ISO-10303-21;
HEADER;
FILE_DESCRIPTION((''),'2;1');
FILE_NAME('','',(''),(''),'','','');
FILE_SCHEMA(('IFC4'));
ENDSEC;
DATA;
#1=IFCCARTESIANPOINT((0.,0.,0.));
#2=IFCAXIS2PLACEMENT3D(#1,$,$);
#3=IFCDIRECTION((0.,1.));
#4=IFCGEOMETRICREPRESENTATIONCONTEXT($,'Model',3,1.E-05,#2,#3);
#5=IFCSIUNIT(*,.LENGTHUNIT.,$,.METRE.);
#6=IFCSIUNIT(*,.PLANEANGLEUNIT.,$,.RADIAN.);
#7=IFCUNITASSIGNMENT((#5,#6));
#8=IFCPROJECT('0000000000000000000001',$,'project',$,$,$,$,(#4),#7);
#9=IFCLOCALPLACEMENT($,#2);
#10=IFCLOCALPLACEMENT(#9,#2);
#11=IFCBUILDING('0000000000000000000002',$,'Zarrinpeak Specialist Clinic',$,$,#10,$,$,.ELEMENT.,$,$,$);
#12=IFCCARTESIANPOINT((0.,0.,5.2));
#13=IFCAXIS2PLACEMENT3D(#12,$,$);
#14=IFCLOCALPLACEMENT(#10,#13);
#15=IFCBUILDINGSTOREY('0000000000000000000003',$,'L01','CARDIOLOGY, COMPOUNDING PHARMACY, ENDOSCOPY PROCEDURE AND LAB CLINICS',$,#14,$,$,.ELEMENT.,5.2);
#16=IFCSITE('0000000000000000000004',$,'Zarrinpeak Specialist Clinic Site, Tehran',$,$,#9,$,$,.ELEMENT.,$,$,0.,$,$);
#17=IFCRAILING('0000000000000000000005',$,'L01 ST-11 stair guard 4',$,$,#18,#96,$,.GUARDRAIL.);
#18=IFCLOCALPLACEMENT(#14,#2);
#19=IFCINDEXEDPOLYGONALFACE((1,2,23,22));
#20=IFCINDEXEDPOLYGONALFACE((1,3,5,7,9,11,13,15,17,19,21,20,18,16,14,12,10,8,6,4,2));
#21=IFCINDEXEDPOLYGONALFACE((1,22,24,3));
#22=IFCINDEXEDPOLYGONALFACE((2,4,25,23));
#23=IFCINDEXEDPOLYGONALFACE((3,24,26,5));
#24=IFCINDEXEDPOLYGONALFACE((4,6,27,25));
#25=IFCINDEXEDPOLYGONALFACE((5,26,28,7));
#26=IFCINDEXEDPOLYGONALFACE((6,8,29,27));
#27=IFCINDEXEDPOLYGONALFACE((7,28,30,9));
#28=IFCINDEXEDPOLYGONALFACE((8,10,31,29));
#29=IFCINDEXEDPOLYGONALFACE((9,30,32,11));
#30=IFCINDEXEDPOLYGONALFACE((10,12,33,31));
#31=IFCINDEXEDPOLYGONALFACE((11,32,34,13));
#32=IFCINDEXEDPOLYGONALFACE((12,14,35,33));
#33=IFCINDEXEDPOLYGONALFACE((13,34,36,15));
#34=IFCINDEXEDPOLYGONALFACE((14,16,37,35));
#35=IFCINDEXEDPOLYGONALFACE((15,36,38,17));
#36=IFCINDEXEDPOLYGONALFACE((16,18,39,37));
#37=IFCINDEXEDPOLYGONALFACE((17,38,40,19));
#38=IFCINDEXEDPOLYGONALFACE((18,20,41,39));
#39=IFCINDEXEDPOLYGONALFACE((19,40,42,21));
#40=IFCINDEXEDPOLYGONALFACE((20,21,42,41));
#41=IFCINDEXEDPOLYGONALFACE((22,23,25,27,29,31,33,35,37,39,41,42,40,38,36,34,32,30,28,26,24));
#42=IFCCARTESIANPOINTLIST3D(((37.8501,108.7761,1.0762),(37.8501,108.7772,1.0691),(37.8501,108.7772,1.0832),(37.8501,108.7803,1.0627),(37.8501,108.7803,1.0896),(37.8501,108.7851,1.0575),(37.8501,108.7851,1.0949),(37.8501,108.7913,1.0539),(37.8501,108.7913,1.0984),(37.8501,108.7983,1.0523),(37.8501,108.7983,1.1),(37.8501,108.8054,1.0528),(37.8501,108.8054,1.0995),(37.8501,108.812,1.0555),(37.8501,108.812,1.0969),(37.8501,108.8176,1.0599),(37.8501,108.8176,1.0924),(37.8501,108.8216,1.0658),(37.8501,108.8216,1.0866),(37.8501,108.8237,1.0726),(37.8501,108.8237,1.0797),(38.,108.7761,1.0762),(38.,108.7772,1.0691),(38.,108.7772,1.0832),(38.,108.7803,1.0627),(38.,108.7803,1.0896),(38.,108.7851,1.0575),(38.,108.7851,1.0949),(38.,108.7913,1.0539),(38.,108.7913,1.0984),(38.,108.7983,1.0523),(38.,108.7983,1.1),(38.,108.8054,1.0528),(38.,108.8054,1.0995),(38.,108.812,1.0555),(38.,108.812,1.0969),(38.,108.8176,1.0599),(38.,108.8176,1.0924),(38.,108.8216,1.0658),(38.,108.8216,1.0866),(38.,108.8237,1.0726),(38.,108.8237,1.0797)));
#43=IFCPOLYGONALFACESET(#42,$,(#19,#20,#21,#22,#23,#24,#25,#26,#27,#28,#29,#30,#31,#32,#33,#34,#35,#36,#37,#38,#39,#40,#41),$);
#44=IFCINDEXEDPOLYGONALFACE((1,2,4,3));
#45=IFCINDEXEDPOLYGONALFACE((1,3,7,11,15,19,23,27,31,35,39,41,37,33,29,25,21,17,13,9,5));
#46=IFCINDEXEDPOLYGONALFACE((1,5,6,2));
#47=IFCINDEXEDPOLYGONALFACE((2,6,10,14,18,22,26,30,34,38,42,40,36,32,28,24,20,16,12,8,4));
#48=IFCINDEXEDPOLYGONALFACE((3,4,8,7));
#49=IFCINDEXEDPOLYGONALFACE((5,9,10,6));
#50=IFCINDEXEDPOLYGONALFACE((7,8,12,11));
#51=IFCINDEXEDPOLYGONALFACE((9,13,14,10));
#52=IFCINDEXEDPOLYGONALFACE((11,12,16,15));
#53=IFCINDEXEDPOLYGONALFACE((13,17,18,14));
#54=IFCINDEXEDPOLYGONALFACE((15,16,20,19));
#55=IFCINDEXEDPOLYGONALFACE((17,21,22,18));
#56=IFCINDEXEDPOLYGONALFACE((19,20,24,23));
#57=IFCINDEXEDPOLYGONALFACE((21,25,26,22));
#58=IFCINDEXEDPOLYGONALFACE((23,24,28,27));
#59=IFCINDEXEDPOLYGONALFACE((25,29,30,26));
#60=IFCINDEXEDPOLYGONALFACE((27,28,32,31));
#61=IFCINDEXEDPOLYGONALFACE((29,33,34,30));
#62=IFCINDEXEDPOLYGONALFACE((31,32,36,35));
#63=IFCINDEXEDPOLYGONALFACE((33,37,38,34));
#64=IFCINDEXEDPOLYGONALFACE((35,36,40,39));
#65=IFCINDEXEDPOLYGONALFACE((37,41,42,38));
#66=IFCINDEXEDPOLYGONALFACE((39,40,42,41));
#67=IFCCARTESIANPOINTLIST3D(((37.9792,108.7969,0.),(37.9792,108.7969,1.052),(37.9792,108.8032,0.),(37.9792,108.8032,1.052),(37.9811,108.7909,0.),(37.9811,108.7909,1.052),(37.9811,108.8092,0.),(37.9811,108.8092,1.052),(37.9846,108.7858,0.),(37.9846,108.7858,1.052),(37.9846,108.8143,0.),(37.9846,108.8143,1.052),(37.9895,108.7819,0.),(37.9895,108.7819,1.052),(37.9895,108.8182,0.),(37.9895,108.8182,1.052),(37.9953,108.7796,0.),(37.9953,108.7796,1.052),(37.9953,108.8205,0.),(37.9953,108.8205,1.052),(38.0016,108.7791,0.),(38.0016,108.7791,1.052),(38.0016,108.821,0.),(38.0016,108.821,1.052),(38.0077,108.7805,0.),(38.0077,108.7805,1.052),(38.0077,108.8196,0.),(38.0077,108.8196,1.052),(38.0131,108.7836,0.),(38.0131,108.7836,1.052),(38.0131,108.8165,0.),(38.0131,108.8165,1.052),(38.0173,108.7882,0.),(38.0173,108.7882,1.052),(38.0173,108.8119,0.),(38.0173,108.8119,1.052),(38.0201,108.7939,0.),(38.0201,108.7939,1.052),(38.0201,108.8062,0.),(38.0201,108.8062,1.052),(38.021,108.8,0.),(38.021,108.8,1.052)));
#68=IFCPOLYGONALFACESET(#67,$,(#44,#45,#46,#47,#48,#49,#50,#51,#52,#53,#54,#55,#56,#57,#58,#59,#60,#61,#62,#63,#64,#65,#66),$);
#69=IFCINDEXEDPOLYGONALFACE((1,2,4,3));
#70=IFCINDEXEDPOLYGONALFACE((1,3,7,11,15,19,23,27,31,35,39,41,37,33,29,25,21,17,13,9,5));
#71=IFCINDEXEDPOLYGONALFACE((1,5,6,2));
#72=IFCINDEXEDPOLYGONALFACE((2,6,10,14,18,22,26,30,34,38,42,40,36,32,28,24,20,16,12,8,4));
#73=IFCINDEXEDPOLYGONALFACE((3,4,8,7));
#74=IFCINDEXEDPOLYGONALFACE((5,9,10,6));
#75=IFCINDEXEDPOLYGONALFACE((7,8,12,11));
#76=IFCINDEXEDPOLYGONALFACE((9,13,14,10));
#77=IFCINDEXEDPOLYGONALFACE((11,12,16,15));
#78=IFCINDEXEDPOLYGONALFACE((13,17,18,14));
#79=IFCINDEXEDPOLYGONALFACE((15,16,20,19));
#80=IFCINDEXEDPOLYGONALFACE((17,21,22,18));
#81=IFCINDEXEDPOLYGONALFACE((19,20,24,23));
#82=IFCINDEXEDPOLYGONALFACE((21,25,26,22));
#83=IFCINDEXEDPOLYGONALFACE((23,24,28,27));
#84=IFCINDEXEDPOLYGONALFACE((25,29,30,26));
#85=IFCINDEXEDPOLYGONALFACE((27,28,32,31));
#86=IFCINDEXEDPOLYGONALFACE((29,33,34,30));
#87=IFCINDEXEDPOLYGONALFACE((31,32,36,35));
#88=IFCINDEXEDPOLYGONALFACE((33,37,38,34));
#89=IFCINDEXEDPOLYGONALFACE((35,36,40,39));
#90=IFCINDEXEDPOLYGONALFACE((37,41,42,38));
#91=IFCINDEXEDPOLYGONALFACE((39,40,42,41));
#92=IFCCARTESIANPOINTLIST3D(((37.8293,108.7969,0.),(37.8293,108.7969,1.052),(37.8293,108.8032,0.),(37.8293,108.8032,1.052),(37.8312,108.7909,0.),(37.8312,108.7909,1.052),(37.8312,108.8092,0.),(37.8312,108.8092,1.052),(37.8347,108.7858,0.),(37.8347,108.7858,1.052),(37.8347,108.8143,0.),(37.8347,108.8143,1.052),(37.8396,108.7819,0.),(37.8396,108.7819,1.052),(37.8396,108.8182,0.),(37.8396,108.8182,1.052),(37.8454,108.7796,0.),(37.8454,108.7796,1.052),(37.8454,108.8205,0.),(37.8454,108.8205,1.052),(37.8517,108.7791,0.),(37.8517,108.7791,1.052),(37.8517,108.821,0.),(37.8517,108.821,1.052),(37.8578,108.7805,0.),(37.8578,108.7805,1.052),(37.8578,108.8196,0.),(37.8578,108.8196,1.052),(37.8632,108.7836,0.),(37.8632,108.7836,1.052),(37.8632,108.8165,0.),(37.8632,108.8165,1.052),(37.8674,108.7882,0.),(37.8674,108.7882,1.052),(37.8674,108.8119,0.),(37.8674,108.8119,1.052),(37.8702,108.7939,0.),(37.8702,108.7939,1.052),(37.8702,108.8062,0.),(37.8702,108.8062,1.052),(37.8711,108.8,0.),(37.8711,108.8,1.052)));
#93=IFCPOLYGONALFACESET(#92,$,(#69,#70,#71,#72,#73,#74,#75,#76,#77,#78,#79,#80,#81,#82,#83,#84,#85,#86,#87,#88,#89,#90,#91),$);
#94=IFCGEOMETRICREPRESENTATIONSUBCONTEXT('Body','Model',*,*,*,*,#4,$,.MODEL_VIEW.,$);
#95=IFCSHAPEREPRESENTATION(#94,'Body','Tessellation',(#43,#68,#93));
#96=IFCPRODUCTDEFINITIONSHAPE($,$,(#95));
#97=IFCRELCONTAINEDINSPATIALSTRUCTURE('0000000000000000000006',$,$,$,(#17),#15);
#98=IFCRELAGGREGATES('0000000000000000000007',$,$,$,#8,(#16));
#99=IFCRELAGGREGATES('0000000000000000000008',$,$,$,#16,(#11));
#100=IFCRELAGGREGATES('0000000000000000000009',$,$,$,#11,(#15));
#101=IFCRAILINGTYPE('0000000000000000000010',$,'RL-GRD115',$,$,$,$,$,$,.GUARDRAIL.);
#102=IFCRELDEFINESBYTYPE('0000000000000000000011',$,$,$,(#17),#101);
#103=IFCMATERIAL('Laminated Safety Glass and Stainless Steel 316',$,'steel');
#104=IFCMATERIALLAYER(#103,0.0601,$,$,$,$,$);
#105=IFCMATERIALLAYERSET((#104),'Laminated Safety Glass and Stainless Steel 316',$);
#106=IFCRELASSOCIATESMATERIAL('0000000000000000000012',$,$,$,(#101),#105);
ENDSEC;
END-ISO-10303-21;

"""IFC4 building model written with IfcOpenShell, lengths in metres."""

from ifc_helpers import new_model, si_unit, direction, frame, origin, origin_2d, place, context, subcontext, project, spatial, circle, extrude, material, layer, layer_set, type_object, element, save


model = new_model("IFC4")

# Units and contexts
model_context = context("Model", 3, precision=1e-05, world=origin(), true_north=direction((0.0, 1.0)))
body_context = subcontext(model_context, "Body", "Model", "MODEL_VIEW")
ifc_project = project(units=[si_unit("LENGTHUNIT", "METRE"), si_unit("PLANEANGLEUNIT", "RADIAN")], contexts=[model_context])

# Site, building, storey
site_placement = place(None, origin())
site = spatial("IfcSite", under=ifc_project, at=site_placement, Name="Zarrinpeak Specialist Clinic Site, Tehran", CompositionType="ELEMENT", RefElevation=0.0)
building_placement = place(site_placement, origin())
building = spatial("IfcBuilding", under=site, at=building_placement, Name="Zarrinpeak Specialist Clinic", CompositionType="ELEMENT")
storey_placement = place(building_placement, frame((0.0, 0.0, 5.2)))
storey = spatial("IfcBuildingStorey", under=building, at=storey_placement, Name="L01", Description="CARDIOLOGY, COMPOUNDING PHARMACY, ENDOSCOPY PROCEDURE AND LAB CLINICS", CompositionType="ELEMENT", Elevation=5.2)

# Railing
ifc_material_1 = material(Name="Laminated Safety Glass and Stainless Steel 316", Category="steel")
ifc_layer_1 = layer(ifc_material_1, 0.0601)
ifc_layer_set_1 = layer_set([ifc_layer_1], Name="Laminated Safety Glass and Stainless Steel 316")
railing_type = type_object("IfcRailingType", Name="RL-GRD115", PredefinedType="GUARDRAIL", material=ifc_layer_set_1)
railing_1_placement = place(storey_placement, frame((38.0, 108.8, 0.0)))
element("IfcRailing", 1, at=railing_1_placement, inside=storey, type_object=railing_type, Name="L01 ST-11 stair guard 4", PredefinedType="GUARDRAIL", context=body_context, shape_type="SweptSolid", body=[
    extrude(circle(Radius=0.0239, at=origin_2d()), frame((0.0, 0.0, 1.0762), z_axis=(-1.0, 0.0, 0.0), x_axis=(0.0, -1.0, 0.0)), (0.0, 0.0, 1.0), 0.1499),
    extrude(circle(Radius=0.021, at=origin_2d()), origin(), (0.0, 0.0, 1.0), 1.052),
    extrude(circle(Radius=0.021, at=origin_2d()), frame((-0.1499, 0.0, 0.0)), (0.0, 0.0, 1.0), 1.052),
])

save(model, "model.ifc")
